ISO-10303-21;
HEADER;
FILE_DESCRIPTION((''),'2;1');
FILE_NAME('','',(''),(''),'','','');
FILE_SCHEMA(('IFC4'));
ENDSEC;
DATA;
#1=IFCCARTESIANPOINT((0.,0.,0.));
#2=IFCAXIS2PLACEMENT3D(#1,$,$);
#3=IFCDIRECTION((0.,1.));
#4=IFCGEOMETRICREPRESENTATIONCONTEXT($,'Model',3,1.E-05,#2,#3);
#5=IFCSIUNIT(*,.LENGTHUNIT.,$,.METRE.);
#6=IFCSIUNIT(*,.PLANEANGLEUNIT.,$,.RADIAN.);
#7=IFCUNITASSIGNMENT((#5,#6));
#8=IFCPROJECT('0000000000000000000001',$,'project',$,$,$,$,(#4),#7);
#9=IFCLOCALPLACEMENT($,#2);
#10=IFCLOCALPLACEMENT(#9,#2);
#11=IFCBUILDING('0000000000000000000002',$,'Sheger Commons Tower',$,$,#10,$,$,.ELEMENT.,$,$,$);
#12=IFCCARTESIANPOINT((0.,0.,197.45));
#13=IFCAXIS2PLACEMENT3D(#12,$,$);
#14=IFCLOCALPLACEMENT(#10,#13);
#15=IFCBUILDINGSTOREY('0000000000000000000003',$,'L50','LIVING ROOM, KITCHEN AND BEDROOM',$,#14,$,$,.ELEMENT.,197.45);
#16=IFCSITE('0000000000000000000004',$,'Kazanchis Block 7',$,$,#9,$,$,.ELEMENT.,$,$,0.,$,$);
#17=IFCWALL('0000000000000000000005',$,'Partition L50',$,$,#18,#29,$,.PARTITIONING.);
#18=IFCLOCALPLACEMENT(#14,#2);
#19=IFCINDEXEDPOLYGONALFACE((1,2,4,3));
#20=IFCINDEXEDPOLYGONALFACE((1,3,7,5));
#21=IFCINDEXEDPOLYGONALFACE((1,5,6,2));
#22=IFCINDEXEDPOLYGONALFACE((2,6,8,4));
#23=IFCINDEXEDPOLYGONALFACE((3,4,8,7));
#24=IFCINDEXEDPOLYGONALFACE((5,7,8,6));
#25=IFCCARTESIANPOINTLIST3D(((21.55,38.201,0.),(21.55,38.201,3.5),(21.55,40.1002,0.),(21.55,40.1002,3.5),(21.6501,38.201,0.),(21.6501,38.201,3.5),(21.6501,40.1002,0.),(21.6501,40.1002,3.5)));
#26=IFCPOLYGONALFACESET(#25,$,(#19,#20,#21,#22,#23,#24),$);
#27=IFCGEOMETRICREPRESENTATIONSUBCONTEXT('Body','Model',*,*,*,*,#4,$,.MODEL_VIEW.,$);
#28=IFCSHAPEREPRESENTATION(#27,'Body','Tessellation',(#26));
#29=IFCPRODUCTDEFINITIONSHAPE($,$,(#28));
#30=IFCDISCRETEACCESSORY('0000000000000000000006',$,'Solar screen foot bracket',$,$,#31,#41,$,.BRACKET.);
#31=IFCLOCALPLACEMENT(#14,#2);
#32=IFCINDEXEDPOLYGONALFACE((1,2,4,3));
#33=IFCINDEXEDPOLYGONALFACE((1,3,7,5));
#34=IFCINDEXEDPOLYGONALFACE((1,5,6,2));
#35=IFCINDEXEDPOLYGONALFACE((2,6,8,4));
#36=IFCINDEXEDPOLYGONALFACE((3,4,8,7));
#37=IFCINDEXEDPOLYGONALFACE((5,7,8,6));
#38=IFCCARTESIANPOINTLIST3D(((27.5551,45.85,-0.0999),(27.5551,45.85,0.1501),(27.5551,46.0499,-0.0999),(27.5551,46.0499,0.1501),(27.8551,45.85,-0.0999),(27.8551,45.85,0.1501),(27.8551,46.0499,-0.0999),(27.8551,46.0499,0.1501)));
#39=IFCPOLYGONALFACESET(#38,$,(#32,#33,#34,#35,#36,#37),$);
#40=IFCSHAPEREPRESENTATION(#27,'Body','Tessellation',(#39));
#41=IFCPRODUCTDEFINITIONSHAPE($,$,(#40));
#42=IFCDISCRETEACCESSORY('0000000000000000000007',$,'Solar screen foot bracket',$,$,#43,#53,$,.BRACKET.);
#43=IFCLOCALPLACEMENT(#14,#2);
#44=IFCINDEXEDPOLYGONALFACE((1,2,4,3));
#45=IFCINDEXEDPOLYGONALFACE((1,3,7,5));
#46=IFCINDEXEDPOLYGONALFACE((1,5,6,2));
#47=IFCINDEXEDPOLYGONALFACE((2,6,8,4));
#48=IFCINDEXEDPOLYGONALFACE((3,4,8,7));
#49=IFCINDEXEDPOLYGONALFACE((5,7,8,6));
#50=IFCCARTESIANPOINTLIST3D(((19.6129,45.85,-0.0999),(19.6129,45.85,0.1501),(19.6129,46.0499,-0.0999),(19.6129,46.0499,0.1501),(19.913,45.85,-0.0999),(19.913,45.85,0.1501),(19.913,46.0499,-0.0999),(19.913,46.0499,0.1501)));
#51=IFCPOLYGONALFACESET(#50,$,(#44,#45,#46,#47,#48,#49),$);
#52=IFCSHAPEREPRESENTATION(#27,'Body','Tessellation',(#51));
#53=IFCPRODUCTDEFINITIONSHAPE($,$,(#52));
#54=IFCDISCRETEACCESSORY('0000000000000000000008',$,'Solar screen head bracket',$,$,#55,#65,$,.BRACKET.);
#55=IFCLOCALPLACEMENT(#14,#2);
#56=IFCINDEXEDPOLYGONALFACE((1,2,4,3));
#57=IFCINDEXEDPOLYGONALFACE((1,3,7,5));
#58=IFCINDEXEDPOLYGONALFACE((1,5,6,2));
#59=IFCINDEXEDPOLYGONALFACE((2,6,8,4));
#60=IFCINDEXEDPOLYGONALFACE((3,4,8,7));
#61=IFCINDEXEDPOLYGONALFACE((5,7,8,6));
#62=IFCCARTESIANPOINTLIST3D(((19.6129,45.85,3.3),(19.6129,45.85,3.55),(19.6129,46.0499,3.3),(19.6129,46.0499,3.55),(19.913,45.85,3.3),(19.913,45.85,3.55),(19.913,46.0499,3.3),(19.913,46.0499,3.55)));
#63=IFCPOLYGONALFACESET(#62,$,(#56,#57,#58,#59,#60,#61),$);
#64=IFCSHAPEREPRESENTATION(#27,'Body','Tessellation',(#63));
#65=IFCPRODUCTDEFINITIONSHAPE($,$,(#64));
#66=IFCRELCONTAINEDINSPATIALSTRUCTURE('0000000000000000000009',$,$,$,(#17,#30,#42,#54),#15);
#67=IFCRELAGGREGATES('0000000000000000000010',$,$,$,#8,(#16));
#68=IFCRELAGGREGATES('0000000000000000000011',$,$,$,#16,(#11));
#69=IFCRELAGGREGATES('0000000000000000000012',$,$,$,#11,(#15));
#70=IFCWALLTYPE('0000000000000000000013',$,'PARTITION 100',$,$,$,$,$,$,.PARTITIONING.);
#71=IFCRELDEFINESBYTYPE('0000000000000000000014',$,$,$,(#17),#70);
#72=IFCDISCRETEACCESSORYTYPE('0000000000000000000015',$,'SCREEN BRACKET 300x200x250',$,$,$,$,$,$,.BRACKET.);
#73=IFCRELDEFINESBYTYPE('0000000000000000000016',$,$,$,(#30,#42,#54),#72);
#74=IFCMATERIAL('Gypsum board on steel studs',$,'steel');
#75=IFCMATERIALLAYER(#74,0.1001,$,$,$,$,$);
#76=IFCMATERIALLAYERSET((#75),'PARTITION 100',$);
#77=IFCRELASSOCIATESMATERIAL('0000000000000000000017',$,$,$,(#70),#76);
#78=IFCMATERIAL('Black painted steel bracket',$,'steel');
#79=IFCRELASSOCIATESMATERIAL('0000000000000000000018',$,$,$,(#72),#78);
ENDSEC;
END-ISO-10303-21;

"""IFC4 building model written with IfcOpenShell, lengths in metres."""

from ifc_helpers import new_model, si_unit, direction, frame, frame_2d, origin, origin_2d, place, context, subcontext, project, spatial, rectangle, extrude, material, layer, layer_set, type_object, element, save


model = new_model("IFC4")

# Units and contexts
model_context = context("Model", 3, precision=1e-05, world=origin(), true_north=direction((0.0, 1.0)))
body_context = subcontext(model_context, "Body", "Model", "MODEL_VIEW")
ifc_project = project(units=[si_unit("LENGTHUNIT", "METRE"), si_unit("PLANEANGLEUNIT", "RADIAN")], contexts=[model_context])

# Site, building, storey
site_placement = place(None, origin())
site = spatial("IfcSite", under=ifc_project, at=site_placement, Name="Kazanchis Block 7", CompositionType="ELEMENT", RefElevation=0.0)
building_placement = place(site_placement, origin())
building = spatial("IfcBuilding", under=site, at=building_placement, Name="Sheger Commons Tower", CompositionType="ELEMENT")
storey_placement = place(building_placement, frame((0.0, 0.0, 197.45)))
storey = spatial("IfcBuildingStorey", under=building, at=storey_placement, Name="L50", Description="LIVING ROOM, KITCHEN AND BEDROOM", CompositionType="ELEMENT", Elevation=197.45)

# Shared definitions
ifc_material_1 = material(Name="Gypsum board on steel studs", Category="steel")
ifc_layer_1 = layer(ifc_material_1, 0.1001)
ifc_layer_set_1 = layer_set([ifc_layer_1], Name="PARTITION 100")
wall_type = type_object("IfcWallType", Name="PARTITION 100", PredefinedType="PARTITIONING", material=ifc_layer_set_1)

# Wall
wall_1_placement = place(storey_placement, frame((21.6001, 38.2009, 0.0), z_axis=(0.0, 0.0, 1.0), x_axis=(0.0, 1.0, 0.0)))
element("IfcWall", 1, at=wall_1_placement, inside=storey, type_object=wall_type, Name="Partition L50", PredefinedType="PARTITIONING", context=body_context, shape_type="SweptSolid", body=[
    extrude(rectangle(XDim=1.8992, YDim=0.1001, at=frame_2d((0.9497, 0.0))), origin(), (0.0, 0.0, 1.0), 3.5),
])

# Discrete accessories
ifc_material_2 = material(Name="Black painted steel bracket", Category="steel")
discrete_accessory_type = type_object("IfcDiscreteAccessoryType", Name="SCREEN BRACKET 300x200x250", PredefinedType="BRACKET", material=ifc_material_2)
for number, where, z_axis, x_axis, name in (
    (2, (27.7051, 45.95, -0.0999), (0.0, 0.0, 1.0), (-1.0, 0.0, 0.0), "Solar screen foot bracket"),
    (3, (19.7629, 45.95, -0.0999), (0.0, 0.0, 1.0), (-1.0, 0.0, 0.0), "Solar screen foot bracket"),
    (4, (19.7629, 45.95, 3.3), (0.0, 0.0, 1.0), (-1.0, 0.0, 0.0), "Solar screen head bracket"),
):
    element("IfcDiscreteAccessory", number, at=place(storey_placement, frame(where, z_axis=z_axis, x_axis=x_axis)), inside=storey, type_object=discrete_accessory_type, Name=name, PredefinedType="BRACKET", context=body_context, shape_type="SweptSolid", body=[
        extrude(rectangle(XDim=0.3, YDim=0.2, at=origin_2d()), origin(), (0.0, 0.0, 1.0), 0.25),
    ])

save(model, "model.ifc")
